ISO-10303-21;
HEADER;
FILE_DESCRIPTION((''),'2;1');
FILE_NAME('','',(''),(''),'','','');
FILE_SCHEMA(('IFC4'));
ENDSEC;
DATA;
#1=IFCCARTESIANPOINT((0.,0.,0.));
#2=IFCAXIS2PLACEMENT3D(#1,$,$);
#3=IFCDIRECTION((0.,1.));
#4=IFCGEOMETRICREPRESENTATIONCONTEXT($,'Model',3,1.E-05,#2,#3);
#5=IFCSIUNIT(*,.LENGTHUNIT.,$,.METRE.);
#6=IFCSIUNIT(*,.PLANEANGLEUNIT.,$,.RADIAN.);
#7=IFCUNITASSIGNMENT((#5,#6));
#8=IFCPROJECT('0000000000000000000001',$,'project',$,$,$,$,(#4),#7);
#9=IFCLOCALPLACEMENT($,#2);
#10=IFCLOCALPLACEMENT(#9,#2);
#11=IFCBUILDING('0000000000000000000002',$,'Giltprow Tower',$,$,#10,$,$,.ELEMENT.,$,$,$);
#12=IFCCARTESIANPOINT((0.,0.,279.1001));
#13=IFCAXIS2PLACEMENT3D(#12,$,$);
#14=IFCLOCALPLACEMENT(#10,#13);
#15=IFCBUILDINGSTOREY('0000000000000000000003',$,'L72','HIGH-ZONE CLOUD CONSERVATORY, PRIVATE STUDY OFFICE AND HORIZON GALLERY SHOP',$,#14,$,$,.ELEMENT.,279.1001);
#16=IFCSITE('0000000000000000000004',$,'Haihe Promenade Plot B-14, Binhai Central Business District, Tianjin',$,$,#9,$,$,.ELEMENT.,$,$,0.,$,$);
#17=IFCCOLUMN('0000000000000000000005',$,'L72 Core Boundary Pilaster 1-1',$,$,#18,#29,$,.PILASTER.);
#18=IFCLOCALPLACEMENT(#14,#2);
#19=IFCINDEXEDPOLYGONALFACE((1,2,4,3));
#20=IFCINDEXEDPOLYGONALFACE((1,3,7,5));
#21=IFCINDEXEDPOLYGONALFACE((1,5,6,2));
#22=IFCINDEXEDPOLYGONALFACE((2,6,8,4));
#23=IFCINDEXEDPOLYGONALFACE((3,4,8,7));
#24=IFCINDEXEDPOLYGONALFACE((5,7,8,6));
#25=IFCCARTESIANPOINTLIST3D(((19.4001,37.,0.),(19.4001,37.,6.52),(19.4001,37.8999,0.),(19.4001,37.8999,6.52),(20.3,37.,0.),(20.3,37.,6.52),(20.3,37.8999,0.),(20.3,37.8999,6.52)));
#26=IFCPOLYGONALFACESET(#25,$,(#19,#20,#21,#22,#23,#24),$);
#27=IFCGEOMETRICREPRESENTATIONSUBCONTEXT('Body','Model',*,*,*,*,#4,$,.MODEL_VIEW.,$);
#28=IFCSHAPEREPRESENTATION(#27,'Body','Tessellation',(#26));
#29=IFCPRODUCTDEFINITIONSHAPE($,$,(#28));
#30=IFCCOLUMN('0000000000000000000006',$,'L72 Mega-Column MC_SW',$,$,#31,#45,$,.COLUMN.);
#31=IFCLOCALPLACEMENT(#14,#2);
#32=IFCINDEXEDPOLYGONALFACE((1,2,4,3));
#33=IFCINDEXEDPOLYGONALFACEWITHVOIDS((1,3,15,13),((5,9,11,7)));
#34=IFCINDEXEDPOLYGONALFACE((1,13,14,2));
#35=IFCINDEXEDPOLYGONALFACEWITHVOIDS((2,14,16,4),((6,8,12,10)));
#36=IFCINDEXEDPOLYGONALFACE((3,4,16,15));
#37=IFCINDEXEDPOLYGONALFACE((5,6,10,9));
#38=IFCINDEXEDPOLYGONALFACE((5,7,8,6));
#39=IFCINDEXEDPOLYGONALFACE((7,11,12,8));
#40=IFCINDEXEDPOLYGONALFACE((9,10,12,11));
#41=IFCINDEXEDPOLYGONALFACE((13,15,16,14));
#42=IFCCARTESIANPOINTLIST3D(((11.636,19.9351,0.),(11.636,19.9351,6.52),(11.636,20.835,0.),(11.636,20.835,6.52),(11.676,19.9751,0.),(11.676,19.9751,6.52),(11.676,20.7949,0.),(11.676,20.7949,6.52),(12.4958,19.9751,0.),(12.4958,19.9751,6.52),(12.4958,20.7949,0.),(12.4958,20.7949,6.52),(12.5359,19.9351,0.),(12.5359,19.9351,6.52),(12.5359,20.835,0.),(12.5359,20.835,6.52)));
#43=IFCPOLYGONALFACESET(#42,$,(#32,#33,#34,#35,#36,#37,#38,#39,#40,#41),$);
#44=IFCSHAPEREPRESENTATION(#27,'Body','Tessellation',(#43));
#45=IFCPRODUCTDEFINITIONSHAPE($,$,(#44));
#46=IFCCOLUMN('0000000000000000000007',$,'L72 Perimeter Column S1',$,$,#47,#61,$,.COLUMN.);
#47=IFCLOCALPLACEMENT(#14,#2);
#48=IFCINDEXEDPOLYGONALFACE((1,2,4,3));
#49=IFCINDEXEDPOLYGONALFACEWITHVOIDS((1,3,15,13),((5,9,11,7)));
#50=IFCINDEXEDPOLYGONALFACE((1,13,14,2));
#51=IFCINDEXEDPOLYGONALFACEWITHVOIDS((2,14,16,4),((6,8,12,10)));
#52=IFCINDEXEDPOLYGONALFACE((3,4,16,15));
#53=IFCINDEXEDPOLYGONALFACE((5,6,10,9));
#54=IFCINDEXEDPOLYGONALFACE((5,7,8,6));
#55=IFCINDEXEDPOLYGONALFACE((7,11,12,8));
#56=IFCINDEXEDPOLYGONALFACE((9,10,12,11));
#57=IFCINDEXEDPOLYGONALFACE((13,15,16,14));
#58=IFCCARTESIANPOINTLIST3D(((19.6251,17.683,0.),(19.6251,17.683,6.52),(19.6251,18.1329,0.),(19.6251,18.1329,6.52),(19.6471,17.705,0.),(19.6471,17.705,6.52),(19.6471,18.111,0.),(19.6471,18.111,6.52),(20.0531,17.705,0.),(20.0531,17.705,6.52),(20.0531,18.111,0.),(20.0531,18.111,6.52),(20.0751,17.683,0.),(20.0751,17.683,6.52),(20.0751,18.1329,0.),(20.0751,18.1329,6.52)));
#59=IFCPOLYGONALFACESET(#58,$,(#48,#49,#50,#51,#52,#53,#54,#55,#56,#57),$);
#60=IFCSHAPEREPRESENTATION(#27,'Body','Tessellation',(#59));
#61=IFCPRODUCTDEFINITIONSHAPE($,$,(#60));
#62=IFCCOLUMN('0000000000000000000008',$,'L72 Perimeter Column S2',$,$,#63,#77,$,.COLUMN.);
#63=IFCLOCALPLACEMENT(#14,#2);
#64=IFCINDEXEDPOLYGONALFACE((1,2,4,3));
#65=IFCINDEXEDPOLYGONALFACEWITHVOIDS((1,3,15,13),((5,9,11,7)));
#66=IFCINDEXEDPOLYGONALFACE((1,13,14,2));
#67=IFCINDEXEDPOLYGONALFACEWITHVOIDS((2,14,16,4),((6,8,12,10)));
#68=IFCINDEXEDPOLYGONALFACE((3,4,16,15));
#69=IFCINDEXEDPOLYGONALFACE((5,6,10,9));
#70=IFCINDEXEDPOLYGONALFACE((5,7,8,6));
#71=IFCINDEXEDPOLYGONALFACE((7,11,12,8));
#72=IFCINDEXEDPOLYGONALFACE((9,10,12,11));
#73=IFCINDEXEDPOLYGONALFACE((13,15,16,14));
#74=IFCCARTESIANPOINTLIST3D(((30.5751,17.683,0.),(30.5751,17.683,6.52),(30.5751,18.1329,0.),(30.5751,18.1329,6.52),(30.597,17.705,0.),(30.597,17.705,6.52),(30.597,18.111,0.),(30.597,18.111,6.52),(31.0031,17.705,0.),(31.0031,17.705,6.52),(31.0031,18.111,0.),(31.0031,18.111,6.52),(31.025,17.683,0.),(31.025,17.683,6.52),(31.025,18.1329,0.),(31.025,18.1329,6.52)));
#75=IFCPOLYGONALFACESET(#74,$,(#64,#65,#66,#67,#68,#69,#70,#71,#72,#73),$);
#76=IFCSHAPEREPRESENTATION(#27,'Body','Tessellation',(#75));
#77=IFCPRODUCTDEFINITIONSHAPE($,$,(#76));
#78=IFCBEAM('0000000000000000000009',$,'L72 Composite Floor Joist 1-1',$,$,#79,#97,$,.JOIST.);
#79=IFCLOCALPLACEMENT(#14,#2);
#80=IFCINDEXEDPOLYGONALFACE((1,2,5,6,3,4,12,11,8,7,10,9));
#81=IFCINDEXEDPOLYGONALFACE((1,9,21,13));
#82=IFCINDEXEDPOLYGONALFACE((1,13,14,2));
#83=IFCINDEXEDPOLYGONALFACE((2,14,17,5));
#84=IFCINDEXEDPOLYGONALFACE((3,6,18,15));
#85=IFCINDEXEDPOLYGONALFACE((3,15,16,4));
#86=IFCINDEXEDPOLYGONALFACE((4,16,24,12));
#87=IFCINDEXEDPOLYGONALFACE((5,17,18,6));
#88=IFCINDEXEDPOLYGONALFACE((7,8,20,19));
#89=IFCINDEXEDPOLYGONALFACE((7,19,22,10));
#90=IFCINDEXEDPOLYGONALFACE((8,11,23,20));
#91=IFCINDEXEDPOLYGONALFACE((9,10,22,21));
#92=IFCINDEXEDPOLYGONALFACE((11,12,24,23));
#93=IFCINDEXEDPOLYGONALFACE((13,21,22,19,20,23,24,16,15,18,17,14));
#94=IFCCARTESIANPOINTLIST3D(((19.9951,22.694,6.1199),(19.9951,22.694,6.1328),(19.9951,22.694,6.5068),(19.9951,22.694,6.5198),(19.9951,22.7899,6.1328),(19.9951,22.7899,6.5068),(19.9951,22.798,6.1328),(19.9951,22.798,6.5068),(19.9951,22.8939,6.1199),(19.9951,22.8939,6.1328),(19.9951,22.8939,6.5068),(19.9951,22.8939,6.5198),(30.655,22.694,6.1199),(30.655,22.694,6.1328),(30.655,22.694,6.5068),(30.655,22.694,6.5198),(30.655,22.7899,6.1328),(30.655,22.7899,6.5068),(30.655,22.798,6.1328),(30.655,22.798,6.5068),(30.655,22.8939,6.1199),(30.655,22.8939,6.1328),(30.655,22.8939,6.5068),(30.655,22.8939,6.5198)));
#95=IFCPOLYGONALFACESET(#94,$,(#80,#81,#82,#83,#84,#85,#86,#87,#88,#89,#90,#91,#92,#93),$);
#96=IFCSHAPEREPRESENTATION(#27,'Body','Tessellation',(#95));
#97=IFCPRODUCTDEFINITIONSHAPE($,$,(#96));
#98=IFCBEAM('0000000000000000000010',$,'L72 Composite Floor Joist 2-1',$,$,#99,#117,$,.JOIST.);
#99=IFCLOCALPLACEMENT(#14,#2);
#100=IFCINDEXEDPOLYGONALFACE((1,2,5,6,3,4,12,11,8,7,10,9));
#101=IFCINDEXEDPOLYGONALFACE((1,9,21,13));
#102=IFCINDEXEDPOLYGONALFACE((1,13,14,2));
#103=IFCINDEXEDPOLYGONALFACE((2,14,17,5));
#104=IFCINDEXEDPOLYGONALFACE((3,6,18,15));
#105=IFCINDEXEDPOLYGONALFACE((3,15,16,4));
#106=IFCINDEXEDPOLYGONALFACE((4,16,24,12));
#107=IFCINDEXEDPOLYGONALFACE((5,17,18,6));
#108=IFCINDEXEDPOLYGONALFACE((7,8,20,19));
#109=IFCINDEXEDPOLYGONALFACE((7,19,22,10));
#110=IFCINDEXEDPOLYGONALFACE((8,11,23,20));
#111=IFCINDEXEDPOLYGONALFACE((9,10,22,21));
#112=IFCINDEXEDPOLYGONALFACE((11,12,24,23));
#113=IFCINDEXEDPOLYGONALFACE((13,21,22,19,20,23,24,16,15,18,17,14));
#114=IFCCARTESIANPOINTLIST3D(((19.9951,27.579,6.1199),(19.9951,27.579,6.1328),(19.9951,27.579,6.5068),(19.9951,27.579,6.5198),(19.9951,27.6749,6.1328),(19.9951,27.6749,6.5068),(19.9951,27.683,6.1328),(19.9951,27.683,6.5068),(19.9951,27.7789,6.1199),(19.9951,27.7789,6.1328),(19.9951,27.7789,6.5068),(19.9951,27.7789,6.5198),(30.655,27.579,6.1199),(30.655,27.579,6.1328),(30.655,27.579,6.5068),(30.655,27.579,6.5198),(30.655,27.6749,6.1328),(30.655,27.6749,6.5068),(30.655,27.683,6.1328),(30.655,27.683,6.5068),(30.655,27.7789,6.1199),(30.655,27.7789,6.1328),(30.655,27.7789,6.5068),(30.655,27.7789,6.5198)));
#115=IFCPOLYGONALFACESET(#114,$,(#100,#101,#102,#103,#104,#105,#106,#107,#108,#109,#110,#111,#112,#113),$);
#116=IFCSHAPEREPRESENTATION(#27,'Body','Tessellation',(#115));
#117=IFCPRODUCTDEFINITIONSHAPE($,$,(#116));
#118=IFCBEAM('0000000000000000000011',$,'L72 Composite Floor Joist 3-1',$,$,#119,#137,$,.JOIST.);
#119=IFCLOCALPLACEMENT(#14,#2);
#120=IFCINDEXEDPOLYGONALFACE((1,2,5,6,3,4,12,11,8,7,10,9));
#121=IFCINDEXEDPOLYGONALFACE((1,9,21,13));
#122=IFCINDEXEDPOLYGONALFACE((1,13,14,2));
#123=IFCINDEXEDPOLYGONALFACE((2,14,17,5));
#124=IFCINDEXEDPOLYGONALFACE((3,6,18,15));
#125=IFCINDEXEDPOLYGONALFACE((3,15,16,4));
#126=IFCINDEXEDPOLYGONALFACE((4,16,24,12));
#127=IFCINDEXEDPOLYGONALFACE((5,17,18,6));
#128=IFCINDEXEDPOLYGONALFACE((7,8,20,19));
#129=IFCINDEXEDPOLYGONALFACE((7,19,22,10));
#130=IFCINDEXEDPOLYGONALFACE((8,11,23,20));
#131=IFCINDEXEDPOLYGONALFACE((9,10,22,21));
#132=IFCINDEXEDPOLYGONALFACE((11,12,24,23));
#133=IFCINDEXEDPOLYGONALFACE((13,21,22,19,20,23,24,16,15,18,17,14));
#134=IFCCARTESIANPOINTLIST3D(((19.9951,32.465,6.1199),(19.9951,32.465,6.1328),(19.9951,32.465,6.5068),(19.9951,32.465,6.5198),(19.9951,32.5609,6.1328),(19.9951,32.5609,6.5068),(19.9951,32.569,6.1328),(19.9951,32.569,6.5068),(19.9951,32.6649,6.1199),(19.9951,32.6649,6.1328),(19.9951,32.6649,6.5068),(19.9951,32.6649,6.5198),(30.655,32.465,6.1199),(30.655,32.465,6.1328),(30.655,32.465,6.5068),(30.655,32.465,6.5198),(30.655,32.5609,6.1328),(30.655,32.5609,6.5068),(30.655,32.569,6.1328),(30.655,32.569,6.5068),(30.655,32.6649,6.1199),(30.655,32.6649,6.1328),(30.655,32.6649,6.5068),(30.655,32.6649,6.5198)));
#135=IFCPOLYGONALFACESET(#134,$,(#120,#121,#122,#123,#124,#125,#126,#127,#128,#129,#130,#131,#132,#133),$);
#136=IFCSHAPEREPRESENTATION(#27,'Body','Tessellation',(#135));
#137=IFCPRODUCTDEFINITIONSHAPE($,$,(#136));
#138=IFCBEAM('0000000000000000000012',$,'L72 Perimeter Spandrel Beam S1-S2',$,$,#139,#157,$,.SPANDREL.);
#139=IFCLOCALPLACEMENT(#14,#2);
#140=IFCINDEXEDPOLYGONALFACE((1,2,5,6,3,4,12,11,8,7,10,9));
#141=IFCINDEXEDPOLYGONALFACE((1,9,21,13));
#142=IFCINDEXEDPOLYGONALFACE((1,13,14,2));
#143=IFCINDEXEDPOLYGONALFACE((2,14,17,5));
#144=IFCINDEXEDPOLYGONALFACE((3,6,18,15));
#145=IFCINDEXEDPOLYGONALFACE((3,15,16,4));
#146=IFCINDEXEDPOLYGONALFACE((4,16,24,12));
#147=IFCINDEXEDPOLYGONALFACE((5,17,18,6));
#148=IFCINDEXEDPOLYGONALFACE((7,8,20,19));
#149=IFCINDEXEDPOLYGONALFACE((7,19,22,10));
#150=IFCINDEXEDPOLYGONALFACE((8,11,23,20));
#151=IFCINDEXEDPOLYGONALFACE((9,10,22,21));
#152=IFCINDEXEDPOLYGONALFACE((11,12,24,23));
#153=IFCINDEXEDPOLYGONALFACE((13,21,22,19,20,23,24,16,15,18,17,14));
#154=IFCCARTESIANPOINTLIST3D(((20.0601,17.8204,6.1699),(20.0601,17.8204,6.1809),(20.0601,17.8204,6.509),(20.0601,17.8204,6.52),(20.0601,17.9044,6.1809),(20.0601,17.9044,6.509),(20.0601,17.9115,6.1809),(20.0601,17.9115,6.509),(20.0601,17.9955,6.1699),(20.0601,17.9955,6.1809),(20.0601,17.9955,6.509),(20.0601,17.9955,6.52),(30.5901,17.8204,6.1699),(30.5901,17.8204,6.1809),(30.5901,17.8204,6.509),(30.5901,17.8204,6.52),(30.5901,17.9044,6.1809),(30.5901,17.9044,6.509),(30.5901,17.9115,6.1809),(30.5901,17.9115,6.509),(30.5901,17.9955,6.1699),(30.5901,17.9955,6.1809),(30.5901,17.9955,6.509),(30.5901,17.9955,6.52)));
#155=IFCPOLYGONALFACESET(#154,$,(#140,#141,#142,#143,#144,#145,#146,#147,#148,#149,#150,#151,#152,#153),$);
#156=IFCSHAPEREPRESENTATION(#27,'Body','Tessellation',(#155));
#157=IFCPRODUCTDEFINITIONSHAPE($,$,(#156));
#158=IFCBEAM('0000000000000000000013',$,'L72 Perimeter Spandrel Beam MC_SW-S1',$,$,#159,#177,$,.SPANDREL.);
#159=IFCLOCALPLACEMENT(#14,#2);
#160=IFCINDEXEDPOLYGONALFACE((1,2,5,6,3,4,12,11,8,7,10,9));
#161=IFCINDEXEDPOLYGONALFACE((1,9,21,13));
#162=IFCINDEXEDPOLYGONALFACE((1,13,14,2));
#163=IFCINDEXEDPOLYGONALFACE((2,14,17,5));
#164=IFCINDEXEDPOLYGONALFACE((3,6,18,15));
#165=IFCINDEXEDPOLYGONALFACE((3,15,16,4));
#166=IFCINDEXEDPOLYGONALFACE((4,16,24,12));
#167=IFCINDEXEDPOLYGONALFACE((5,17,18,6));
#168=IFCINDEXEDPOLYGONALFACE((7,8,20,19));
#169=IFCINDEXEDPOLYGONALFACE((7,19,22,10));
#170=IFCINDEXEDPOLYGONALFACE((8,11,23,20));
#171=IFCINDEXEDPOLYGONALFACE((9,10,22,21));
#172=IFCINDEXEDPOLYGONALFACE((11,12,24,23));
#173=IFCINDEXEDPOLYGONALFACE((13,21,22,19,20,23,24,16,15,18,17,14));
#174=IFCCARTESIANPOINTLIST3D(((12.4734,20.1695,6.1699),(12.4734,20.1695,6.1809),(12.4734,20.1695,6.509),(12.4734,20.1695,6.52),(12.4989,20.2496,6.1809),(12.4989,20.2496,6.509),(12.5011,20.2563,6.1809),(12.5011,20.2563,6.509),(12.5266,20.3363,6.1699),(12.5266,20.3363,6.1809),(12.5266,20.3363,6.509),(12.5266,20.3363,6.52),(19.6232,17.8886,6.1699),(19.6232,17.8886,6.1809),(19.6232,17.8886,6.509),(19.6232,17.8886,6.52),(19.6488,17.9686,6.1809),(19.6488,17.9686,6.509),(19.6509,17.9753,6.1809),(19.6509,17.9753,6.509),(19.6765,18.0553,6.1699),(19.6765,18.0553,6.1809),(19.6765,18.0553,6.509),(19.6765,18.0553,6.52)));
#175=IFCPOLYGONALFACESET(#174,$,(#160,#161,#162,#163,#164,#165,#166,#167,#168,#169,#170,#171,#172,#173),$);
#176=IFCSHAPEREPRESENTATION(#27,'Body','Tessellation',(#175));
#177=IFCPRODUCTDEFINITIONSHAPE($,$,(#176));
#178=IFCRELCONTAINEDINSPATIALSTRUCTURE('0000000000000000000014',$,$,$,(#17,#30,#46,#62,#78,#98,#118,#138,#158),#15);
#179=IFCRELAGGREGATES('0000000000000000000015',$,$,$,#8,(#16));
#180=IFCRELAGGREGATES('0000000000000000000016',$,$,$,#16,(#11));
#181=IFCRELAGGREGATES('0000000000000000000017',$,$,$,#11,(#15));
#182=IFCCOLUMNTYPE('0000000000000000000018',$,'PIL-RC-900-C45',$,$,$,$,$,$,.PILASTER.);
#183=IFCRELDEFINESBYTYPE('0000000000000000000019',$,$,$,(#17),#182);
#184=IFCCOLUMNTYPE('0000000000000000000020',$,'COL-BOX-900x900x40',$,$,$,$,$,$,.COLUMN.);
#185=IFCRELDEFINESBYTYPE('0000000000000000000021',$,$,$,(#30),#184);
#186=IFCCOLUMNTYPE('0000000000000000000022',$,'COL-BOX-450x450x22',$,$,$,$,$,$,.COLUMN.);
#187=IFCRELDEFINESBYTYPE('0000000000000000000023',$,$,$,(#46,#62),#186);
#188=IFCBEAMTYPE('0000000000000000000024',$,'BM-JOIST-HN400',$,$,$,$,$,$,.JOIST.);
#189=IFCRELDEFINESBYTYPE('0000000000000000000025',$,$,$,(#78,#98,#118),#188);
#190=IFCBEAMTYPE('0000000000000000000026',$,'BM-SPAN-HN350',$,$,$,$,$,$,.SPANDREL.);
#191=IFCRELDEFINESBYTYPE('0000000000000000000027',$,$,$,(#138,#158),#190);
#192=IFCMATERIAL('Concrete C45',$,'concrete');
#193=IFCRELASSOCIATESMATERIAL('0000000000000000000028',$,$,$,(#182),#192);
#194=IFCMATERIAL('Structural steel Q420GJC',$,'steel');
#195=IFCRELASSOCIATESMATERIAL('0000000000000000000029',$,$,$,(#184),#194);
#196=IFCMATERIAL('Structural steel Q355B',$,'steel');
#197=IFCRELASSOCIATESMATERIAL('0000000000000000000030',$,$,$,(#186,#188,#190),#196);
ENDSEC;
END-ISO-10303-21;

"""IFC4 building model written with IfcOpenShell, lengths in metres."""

from ifc_helpers import new_model, si_unit, direction, frame, origin, origin_2d, place, context, subcontext, project, spatial, rectangle, hollow_rectangle, i_section, extrude, source, transform, mapped, material, material_profile, profile_set, type_object, element, save


model = new_model("IFC4")

# Units and contexts
model_context = context("Model", 3, precision=1e-05, world=origin(), true_north=direction((0.0, 1.0)))
body_context = subcontext(model_context, "Body", "Model", "MODEL_VIEW")
ifc_project = project(units=[si_unit("LENGTHUNIT", "METRE"), si_unit("PLANEANGLEUNIT", "RADIAN")], contexts=[model_context])

# Site, building, storey
site_placement = place(None, origin())
site = spatial("IfcSite", under=ifc_project, at=site_placement, Name="Haihe Promenade Plot B-14, Binhai Central Business District, Tianjin", CompositionType="ELEMENT", RefElevation=0.0)
building_placement = place(site_placement, origin())
building = spatial("IfcBuilding", under=site, at=building_placement, Name="Giltprow Tower", CompositionType="ELEMENT")
storey_placement = place(building_placement, frame((0.0, 0.0, 279.1001)))
storey = spatial("IfcBuildingStorey", under=building, at=storey_placement, Name="L72", Description="HIGH-ZONE CLOUD CONSERVATORY, PRIVATE STUDY OFFICE AND HORIZON GALLERY SHOP", CompositionType="ELEMENT", Elevation=279.1001)

# Columns
ifc_material_1 = material(Name="Concrete C45", Category="concrete")
ifc_material_profile_1 = material_profile(ifc_material_1, rectangle(XDim=0.8999, YDim=0.8999, at=origin_2d()), Name="RC 900x900")
ifc_profile_set_1 = profile_set([ifc_material_profile_1], Name="Concrete C45")
column_type_1 = type_object("IfcColumnType", Name="PIL-RC-900-C45", PredefinedType="PILASTER", material=ifc_profile_set_1)
shared_shape_1 = source(origin(), body_context, "Body", "SweptSolid", [
    extrude(rectangle(XDim=0.8999, YDim=0.8999, at=origin_2d()), origin(), (0.0, 0.0, 1.0), 6.52),
])
column_1_placement = place(storey_placement, frame((19.8501, 37.45, 0.0), z_axis=(0.0, 0.0, 1.0), x_axis=(1.0, 0.0, 0.0)))
element("IfcColumn", 1, at=column_1_placement, inside=storey, type_object=column_type_1, Name="L72 Core Boundary Pilaster 1-1", PredefinedType="PILASTER", context=body_context, shape_type="MappedRepresentation", body=[
    mapped(shared_shape_1, transform((0.0, 0.0, 0.0), x_axis=(1.0, 0.0, 0.0), y_axis=(0.0, 1.0, 0.0), z_axis=(0.0, 0.0, 1.0), scale=1.0)),
])
ifc_material_2 = material(Name="Structural steel Q420GJC", Category="steel")
ifc_material_profile_2 = material_profile(ifc_material_2, hollow_rectangle(XDim=0.8999, YDim=0.8999, WallThickness=0.04, at=origin_2d()), Name="BOX 900x900x40")
ifc_profile_set_2 = profile_set([ifc_material_profile_2], Name="Structural steel Q420GJC")
column_type_2 = type_object("IfcColumnType", Name="COL-BOX-900x900x40", PredefinedType="COLUMN", material=ifc_profile_set_2)
shared_shape_2 = source(origin(), body_context, "Body", "SweptSolid", [
    extrude(hollow_rectangle(XDim=0.8999, YDim=0.8999, WallThickness=0.04, at=origin_2d()), origin(), (0.0, 0.0, 1.0), 6.52),
])
column_2_placement = place(storey_placement, frame((12.0859, 20.385, 0.0), z_axis=(0.0, 0.0, 1.0), x_axis=(1.0, 0.0, 0.0)))
element("IfcColumn", 2, at=column_2_placement, inside=storey, type_object=column_type_2, Name="L72 Mega-Column MC_SW", PredefinedType="COLUMN", context=body_context, shape_type="MappedRepresentation", body=[
    mapped(shared_shape_2, transform((0.0, 0.0, 0.0), x_axis=(1.0, 0.0, 0.0), y_axis=(0.0, 1.0, 0.0), z_axis=(0.0, 0.0, 1.0), scale=1.0)),
])
ifc_material_3 = material(Name="Structural steel Q355B", Category="steel")
ifc_material_profile_3 = material_profile(ifc_material_3, hollow_rectangle(XDim=0.45, YDim=0.45, WallThickness=0.022, at=origin_2d()), Name="BOX 450x450x22")
ifc_profile_set_3 = profile_set([ifc_material_profile_3], Name="Structural steel Q355B")
column_type_3 = type_object("IfcColumnType", Name="COL-BOX-450x450x22", PredefinedType="COLUMN", material=ifc_profile_set_3)
shared_shape_3 = source(origin(), body_context, "Body", "SweptSolid", [
    extrude(hollow_rectangle(XDim=0.45, YDim=0.45, WallThickness=0.022, at=origin_2d()), origin(), (0.0, 0.0, 1.0), 6.52),
])
for number, where, z_axis, x_axis, name in (
    (3, (19.8501, 17.908, 0.0), (0.0, 0.0, 1.0), (1.0, 0.0, 0.0), "L72 Perimeter Column S1"),
    (4, (30.8, 17.908, 0.0), (0.0, 0.0, 1.0), (1.0, 0.0, 0.0), "L72 Perimeter Column S2"),
):
    element("IfcColumn", number, at=place(storey_placement, frame(where, z_axis=z_axis, x_axis=x_axis)), inside=storey, type_object=column_type_3, Name=name, PredefinedType="COLUMN", context=body_context, shape_type="MappedRepresentation", body=[
        mapped(shared_shape_3, transform((0.0, 0.0, 0.0), x_axis=(1.0, 0.0, 0.0), y_axis=(0.0, 1.0, 0.0), z_axis=(0.0, 0.0, 1.0), scale=1.0)),
    ])

# Beams
ifc_material_profile_4 = material_profile(ifc_material_3, i_section(OverallWidth=0.2, OverallDepth=0.3999, WebThickness=0.0081, FlangeThickness=0.0129, at=origin_2d()), Name="HN 400x200x8x13")
ifc_profile_set_4 = profile_set([ifc_material_profile_4], Name="Structural steel Q355B")
beam_type_1 = type_object("IfcBeamType", Name="BM-JOIST-HN400", PredefinedType="JOIST", material=ifc_profile_set_4)
shared_shape_4 = source(origin(), body_context, "Body", "SweptSolid", [
    extrude(i_section(OverallWidth=0.2, OverallDepth=0.3999, WebThickness=0.0081, FlangeThickness=0.0129, at=origin_2d()), origin(), (0.0, 0.0, 1.0), 10.6599),
])
for number, where, z_axis, x_axis, name in (
    (5, (19.9951, 22.7939, 6.3198), (1.0, 0.0, 0.0), (0.0, 1.0, 0.0), "L72 Composite Floor Joist 1-1"),
    (6, (19.9951, 27.679, 6.3198), (1.0, 0.0, 0.0), (0.0, 1.0, 0.0), "L72 Composite Floor Joist 2-1"),
    (7, (19.9951, 32.5649, 6.3198), (1.0, 0.0, 0.0), (0.0, 1.0, 0.0), "L72 Composite Floor Joist 3-1"),
):
    element("IfcBeam", number, at=place(storey_placement, frame(where, z_axis=z_axis, x_axis=x_axis)), inside=storey, type_object=beam_type_1, Name=name, PredefinedType="JOIST", context=body_context, shape_type="MappedRepresentation", body=[
        mapped(shared_shape_4, transform((0.0, 0.0, 0.0), x_axis=(1.0, 0.0, 0.0), y_axis=(0.0, 1.0, 0.0), z_axis=(0.0, 0.0, 1.0), scale=1.0)),
    ])
ifc_material_profile_5 = material_profile(ifc_material_3, i_section(OverallWidth=0.175, OverallDepth=0.3501, WebThickness=0.0071, FlangeThickness=0.011, at=origin_2d()), Name="HN 350x175x7x11")
ifc_profile_set_5 = profile_set([ifc_material_profile_5], Name="Structural steel Q355B")
beam_type_2 = type_object("IfcBeamType", Name="BM-SPAN-HN350", PredefinedType="SPANDREL", material=ifc_profile_set_5)
shared_shape_5 = source(origin(), body_context, "Body", "SweptSolid", [
    extrude(i_section(OverallWidth=0.175, OverallDepth=0.3501, WebThickness=0.0071, FlangeThickness=0.011, at=origin_2d()), origin(), (0.0, 0.0, 1.0), 10.53),
])
beam_1_placement = place(storey_placement, frame((20.0601, 17.908, 6.345), z_axis=(1.0, 0.0, 0.0), x_axis=(0.0, 1.0, 0.0)))
element("IfcBeam", 8, at=beam_1_placement, inside=storey, type_object=beam_type_2, Name="L72 Perimeter Spandrel Beam S1-S2", PredefinedType="SPANDREL", context=body_context, shape_type="MappedRepresentation", body=[
    mapped(shared_shape_5, transform((0.0, 0.0, 0.0), x_axis=(1.0, 0.0, 0.0), y_axis=(0.0, 1.0, 0.0), z_axis=(0.0, 0.0, 1.0), scale=1.0)),
])
shared_shape_6 = source(origin(), body_context, "Body", "SweptSolid", [
    extrude(i_section(OverallWidth=0.175, OverallDepth=0.3501, WebThickness=0.0071, FlangeThickness=0.011, at=origin_2d()), origin(), (0.0, 0.0, 1.0), 7.5049),
])
beam_2_placement = place(storey_placement, frame((12.5, 20.2529, 6.345), z_axis=(0.952693, -0.303934, 0.0), x_axis=(0.303934, 0.952693, 0.0)))
element("IfcBeam", 9, at=beam_2_placement, inside=storey, type_object=beam_type_2, Name="L72 Perimeter Spandrel Beam MC_SW-S1", PredefinedType="SPANDREL", context=body_context, shape_type="MappedRepresentation", body=[
    mapped(shared_shape_6, transform((0.0, 0.0, 0.0), x_axis=(1.0, 0.0, 0.0), y_axis=(0.0, 1.0, 0.0), z_axis=(0.0, 0.0, 1.0), scale=1.0)),
])

save(model, "model.ifc")
